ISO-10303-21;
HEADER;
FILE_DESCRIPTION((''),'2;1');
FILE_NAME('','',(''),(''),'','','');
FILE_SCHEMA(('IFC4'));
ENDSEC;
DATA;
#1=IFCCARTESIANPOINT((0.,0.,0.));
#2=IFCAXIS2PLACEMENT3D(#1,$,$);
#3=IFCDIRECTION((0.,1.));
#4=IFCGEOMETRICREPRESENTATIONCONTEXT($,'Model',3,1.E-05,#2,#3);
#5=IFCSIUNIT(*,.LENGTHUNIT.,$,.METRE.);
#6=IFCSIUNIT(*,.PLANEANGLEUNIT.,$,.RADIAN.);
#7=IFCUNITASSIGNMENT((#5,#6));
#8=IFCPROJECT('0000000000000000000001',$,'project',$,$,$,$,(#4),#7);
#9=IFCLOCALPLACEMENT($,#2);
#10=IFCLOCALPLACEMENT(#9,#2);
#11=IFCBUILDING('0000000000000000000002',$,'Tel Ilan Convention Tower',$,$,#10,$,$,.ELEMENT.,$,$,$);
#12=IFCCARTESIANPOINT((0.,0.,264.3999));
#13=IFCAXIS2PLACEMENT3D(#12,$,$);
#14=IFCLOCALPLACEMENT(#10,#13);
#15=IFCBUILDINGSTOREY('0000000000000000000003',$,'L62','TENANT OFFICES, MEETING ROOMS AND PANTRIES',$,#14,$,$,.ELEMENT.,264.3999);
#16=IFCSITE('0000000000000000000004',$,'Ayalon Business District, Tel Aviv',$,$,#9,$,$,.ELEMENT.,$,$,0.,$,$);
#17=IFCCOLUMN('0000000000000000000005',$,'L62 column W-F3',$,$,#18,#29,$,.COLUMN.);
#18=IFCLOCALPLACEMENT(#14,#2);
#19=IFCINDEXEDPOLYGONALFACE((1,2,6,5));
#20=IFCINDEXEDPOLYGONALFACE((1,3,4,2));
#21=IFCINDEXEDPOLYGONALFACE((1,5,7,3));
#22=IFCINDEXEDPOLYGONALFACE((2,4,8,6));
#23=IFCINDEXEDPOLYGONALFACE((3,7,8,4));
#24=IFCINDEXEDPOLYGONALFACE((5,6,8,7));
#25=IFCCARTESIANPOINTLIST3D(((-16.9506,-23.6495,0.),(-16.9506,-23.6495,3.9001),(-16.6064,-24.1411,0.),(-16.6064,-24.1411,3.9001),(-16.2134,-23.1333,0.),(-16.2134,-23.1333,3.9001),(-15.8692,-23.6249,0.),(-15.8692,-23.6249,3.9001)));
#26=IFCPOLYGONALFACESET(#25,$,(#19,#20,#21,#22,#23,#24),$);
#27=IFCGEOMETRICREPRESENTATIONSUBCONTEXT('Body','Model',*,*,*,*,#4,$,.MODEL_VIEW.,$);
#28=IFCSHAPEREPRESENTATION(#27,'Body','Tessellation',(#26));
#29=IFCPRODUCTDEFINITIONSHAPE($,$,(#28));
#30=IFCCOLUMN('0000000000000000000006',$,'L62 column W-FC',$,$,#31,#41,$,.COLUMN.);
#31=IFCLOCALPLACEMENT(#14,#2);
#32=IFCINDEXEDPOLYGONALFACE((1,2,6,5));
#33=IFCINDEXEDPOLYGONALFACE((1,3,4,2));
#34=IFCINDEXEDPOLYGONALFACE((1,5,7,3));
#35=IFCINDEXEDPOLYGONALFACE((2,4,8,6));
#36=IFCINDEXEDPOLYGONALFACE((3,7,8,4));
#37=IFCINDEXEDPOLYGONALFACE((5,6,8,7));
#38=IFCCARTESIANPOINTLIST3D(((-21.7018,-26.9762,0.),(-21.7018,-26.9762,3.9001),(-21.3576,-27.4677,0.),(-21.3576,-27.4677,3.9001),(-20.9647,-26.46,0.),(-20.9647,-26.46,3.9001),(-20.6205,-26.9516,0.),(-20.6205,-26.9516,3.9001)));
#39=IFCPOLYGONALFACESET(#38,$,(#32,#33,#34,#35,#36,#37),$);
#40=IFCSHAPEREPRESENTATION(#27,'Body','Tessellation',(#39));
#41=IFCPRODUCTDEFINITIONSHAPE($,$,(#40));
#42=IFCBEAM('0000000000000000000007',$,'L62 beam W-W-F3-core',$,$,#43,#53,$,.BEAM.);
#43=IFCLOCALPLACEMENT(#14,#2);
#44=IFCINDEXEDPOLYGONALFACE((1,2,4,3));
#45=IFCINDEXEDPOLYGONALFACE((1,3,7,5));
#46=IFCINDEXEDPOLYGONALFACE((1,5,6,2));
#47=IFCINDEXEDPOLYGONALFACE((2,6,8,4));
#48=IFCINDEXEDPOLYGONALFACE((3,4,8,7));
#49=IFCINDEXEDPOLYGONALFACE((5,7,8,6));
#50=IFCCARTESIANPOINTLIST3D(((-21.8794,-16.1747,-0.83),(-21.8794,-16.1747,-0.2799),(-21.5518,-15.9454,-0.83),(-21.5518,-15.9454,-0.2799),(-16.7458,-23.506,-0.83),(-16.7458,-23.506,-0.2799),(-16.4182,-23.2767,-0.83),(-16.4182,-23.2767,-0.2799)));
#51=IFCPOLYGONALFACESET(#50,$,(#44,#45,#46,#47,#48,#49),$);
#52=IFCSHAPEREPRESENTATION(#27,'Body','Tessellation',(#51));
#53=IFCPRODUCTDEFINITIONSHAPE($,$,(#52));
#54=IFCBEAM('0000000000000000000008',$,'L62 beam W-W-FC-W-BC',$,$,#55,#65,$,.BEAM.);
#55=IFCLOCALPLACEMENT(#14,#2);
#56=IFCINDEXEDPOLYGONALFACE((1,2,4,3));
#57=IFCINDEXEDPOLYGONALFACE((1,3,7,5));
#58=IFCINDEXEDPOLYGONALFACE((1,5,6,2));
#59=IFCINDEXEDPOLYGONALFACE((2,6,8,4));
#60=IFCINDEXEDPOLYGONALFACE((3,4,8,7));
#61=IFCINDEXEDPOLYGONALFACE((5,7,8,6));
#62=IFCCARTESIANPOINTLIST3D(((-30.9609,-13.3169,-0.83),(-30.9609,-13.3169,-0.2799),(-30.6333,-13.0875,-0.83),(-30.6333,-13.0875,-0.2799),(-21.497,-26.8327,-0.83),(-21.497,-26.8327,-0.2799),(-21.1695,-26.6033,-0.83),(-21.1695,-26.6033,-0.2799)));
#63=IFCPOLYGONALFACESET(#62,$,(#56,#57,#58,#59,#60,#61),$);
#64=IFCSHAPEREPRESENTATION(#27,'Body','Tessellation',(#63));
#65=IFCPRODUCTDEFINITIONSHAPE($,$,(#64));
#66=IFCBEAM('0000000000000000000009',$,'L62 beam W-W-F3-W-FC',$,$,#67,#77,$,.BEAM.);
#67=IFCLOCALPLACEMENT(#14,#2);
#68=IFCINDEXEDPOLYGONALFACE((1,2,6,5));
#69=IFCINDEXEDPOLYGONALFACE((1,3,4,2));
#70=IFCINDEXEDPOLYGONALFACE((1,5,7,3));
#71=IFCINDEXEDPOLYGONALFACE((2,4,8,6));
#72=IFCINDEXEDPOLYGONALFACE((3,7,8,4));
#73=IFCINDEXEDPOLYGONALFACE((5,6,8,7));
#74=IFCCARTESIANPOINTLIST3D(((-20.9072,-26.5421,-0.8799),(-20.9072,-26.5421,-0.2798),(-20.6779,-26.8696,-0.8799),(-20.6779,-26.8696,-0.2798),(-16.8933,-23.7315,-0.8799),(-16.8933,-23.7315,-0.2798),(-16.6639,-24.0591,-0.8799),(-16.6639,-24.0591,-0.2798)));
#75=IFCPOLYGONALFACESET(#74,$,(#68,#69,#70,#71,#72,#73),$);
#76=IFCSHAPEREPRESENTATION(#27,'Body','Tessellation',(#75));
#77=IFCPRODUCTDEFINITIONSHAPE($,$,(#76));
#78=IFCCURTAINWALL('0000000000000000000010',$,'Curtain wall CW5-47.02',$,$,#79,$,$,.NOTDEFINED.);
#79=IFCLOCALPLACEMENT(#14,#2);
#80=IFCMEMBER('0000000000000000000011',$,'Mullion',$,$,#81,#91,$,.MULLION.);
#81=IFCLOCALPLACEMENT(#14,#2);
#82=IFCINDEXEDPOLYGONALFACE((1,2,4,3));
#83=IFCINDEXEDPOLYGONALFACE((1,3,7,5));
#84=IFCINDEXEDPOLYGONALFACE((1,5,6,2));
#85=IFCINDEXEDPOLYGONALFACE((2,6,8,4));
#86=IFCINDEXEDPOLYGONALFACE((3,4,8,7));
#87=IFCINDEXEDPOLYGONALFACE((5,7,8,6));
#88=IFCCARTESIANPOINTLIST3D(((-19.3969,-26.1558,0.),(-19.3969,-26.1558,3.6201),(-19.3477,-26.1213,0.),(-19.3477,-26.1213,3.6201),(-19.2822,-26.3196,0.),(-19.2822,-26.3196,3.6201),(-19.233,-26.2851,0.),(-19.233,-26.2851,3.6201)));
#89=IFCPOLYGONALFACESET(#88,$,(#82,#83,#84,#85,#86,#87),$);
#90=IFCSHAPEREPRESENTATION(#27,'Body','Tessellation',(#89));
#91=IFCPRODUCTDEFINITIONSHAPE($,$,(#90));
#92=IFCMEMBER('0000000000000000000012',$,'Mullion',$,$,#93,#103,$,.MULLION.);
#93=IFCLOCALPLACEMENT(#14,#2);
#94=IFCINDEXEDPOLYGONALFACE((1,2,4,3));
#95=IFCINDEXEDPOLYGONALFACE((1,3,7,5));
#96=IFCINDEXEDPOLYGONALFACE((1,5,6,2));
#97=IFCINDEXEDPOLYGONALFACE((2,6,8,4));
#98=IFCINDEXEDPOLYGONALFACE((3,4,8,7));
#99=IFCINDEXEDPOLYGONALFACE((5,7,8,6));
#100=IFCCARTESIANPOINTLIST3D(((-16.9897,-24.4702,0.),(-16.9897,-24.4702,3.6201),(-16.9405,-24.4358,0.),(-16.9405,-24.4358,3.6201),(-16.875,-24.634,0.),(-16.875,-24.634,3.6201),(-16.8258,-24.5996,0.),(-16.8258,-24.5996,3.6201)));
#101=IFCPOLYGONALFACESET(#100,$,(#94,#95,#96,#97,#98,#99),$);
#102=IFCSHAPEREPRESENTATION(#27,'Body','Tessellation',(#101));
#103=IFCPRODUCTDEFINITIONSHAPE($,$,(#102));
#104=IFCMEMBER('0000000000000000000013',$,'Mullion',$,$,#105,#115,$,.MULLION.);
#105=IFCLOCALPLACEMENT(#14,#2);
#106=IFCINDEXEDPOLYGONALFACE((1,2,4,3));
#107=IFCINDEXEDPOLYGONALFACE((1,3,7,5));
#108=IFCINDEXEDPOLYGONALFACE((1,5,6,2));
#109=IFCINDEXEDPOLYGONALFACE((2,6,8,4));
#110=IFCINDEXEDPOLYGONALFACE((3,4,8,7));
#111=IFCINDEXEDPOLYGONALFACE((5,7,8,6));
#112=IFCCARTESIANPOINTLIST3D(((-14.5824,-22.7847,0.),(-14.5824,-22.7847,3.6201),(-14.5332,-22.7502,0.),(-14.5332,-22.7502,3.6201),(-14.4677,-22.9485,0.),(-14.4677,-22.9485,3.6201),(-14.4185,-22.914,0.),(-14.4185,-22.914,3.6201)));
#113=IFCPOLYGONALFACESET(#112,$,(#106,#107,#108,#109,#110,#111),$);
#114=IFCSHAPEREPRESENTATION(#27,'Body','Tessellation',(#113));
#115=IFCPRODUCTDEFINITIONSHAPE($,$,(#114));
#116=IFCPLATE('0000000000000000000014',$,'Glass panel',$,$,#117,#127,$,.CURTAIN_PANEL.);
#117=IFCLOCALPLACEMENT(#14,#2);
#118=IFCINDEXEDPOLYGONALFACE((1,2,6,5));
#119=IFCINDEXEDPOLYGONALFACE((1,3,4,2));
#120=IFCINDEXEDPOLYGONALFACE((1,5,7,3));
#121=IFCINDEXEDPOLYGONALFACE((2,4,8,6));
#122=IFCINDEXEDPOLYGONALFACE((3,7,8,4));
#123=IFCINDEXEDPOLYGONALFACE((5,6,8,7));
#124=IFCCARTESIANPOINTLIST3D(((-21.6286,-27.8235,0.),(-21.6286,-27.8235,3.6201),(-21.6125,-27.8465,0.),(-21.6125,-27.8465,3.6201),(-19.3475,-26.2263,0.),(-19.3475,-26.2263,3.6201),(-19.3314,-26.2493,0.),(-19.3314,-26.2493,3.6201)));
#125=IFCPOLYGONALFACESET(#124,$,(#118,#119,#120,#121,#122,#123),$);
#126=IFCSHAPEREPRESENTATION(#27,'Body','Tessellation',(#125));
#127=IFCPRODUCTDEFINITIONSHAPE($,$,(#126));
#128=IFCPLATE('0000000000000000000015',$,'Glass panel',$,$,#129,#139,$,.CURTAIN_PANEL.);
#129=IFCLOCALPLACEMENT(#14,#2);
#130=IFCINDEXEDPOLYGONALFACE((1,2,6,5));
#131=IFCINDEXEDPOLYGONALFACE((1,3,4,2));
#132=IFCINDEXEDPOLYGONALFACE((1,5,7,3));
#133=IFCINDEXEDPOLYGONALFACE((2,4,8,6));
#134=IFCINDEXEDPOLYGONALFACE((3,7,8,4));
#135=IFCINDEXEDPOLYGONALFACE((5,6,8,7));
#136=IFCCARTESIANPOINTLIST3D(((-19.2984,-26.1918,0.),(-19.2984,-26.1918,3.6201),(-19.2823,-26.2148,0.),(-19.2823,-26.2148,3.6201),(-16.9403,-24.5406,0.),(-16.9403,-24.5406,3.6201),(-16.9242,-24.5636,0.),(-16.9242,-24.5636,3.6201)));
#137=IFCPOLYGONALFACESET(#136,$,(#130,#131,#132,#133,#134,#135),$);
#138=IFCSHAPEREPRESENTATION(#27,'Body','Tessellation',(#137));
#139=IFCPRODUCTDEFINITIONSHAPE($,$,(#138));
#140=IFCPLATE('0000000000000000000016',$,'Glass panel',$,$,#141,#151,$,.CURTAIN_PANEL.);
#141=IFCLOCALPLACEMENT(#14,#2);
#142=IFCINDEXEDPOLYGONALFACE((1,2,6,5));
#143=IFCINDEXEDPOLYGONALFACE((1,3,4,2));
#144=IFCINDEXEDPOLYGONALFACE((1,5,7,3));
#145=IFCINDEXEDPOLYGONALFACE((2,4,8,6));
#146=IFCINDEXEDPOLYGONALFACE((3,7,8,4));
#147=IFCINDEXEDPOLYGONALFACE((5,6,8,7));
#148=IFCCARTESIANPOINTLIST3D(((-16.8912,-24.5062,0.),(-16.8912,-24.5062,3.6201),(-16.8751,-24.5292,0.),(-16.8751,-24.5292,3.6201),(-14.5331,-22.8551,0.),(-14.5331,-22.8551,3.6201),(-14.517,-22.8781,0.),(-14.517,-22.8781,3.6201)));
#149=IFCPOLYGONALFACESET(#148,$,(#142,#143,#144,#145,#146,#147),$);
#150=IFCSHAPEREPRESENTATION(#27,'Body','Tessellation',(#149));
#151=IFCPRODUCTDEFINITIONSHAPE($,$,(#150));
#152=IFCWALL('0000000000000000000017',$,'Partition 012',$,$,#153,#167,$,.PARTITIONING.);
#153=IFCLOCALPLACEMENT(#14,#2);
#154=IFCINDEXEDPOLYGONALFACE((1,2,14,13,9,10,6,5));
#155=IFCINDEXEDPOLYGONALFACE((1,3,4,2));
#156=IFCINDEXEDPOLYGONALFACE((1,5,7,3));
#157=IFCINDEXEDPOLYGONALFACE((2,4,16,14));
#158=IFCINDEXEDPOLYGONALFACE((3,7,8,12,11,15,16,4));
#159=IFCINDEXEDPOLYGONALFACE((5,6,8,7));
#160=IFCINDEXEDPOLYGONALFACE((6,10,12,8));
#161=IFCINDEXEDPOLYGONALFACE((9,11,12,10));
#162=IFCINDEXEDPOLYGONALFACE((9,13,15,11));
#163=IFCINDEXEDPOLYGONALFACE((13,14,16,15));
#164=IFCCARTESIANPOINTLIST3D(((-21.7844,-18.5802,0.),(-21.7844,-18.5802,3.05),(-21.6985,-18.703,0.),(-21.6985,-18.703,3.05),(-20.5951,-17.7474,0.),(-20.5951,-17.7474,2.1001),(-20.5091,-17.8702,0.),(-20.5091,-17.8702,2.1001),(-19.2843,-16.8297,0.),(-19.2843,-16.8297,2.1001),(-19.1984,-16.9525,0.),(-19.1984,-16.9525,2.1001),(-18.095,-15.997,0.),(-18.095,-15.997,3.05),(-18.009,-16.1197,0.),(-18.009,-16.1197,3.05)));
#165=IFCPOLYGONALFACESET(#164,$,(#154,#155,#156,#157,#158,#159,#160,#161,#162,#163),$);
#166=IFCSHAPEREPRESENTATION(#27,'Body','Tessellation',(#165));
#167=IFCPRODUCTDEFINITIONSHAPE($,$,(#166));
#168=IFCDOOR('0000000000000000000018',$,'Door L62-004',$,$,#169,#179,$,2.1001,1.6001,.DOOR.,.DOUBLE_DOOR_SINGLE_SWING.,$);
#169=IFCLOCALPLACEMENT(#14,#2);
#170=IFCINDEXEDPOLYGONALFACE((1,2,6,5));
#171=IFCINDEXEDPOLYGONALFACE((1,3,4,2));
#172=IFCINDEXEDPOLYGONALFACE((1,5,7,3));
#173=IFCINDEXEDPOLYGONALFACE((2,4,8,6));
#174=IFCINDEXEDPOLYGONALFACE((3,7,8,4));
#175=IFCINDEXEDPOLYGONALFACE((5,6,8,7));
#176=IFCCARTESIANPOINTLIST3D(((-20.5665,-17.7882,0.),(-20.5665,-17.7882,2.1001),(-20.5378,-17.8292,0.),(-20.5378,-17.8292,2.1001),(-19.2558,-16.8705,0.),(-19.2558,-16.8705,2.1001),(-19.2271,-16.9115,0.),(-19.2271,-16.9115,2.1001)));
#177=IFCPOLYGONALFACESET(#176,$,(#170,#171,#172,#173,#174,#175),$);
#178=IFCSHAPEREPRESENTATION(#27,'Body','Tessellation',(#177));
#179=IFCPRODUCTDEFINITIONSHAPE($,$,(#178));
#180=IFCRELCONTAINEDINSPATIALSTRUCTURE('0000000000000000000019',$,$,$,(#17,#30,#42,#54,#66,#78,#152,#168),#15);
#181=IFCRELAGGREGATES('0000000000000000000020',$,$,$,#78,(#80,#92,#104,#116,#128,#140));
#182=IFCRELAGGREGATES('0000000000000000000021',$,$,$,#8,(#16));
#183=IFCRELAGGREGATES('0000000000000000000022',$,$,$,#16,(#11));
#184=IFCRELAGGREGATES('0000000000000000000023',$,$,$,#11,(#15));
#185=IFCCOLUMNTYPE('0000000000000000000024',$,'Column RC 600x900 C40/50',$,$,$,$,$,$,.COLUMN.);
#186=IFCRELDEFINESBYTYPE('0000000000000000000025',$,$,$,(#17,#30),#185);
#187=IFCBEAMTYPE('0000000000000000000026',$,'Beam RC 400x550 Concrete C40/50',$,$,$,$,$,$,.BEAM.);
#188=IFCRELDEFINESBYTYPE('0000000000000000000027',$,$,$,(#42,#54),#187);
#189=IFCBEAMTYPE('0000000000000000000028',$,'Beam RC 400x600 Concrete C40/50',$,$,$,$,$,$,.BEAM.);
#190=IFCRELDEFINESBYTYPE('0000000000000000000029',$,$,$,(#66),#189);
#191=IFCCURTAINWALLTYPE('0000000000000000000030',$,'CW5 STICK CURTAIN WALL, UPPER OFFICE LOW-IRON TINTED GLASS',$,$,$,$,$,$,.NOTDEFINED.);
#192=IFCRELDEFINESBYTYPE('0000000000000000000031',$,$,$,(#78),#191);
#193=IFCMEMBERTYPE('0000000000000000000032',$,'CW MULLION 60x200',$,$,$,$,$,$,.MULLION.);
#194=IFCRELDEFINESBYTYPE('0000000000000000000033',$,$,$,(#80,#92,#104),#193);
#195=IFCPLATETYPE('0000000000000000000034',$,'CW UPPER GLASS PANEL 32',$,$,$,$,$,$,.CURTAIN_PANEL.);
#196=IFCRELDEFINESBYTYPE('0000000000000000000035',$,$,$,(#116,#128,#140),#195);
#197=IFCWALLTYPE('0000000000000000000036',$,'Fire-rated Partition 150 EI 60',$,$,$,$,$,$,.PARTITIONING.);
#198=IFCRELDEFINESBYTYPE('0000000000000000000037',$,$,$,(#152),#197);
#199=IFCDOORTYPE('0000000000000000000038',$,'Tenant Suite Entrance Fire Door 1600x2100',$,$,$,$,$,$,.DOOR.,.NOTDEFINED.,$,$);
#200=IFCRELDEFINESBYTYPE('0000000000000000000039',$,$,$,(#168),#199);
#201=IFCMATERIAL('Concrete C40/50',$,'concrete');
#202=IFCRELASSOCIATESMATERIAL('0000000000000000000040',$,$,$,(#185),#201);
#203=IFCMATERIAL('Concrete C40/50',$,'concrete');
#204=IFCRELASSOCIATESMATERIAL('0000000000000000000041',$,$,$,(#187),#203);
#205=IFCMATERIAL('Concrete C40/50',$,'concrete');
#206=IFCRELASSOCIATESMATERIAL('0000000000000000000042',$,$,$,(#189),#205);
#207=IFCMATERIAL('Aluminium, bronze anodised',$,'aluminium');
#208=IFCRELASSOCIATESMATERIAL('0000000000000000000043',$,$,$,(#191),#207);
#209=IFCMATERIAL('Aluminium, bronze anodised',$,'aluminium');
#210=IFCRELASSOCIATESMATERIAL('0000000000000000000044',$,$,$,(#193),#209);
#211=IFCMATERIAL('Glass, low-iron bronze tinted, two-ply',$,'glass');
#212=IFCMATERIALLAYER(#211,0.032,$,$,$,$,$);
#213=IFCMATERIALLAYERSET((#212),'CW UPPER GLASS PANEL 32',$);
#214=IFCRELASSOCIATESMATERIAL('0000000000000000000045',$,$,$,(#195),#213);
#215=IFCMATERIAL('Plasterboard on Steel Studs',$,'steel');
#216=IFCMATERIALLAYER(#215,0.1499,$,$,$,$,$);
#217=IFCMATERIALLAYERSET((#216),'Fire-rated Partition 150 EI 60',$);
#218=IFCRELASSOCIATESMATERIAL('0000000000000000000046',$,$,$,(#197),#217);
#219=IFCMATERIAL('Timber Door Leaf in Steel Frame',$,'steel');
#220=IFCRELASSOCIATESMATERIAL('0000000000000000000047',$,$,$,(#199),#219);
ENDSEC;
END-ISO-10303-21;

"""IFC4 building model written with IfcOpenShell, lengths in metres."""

from ifc_helpers import new_model, si_unit, direction, frame, frame_2d, origin, origin_2d, place, context, subcontext, project, spatial, rectangle, extrude, material, layer, layer_set, material_profile, profile_set, type_object, element, fill, aggregate, save


model = new_model("IFC4")

# Units and contexts
model_context = context("Model", 3, precision=1e-05, world=origin(), true_north=direction((0.0, 1.0)))
body_context = subcontext(model_context, "Body", "Model", "MODEL_VIEW")
ifc_project = project(units=[si_unit("LENGTHUNIT", "METRE"), si_unit("PLANEANGLEUNIT", "RADIAN")], contexts=[model_context])

# Site, building, storey
site_placement = place(None, origin())
site = spatial("IfcSite", under=ifc_project, at=site_placement, Name="Ayalon Business District, Tel Aviv", CompositionType="ELEMENT", RefElevation=0.0)
building_placement = place(site_placement, origin())
building = spatial("IfcBuilding", under=site, at=building_placement, Name="Tel Ilan Convention Tower", CompositionType="ELEMENT")
storey_placement = place(building_placement, frame((0.0, 0.0, 264.3999)))
storey = spatial("IfcBuildingStorey", under=building, at=storey_placement, Name="L62", Description="TENANT OFFICES, MEETING ROOMS AND PANTRIES", CompositionType="ELEMENT", Elevation=264.3999)

# Columns
ifc_material_1 = material(Name="Concrete C40/50", Category="concrete")
ifc_material_profile_1 = material_profile(ifc_material_1, rectangle(XDim=0.8999, YDim=0.6001, at=origin_2d()), Name="RC 600x900")
ifc_profile_set_1 = profile_set([ifc_material_profile_1], Name="Concrete C40/50")
column_type = type_object("IfcColumnType", Name="Column RC 600x900 C40/50", PredefinedType="COLUMN", material=ifc_profile_set_1)
for number, where, z_axis, x_axis, name in (
    (1, (-16.4099, -23.6372, 0.0), (0.0, 0.0, 1.0), (-0.819152, -0.573576, 0.0), "L62 column W-F3"),
    (2, (-21.1611, -26.9639, 0.0), (0.0, 0.0, 1.0), (-0.819152, -0.573576, 0.0), "L62 column W-FC"),
):
    element("IfcColumn", number, at=place(storey_placement, frame(where, z_axis=z_axis, x_axis=x_axis)), inside=storey, type_object=column_type, Name=name, PredefinedType="COLUMN", context=body_context, shape_type="SweptSolid", body=[
        extrude(rectangle(XDim=0.8999, YDim=0.6001, at=origin_2d()), origin(), (0.0, 0.0, 1.0), 3.9001),
    ])

# Beams
ifc_material_2 = material(Name="Concrete C40/50", Category="concrete")
ifc_material_profile_2 = material_profile(ifc_material_2, rectangle(XDim=0.3999, YDim=0.55, at=origin_2d()), Name="RC 400x550")
ifc_profile_set_2 = profile_set([ifc_material_profile_2], Name="Concrete C40/50")
beam_type_1 = type_object("IfcBeamType", Name="Beam RC 400x550 Concrete C40/50", PredefinedType="BEAM", material=ifc_profile_set_2)
beam_1_placement = place(storey_placement, frame((-16.582, -23.3914, -0.5549), z_axis=(-0.573585, 0.819146, 0.0), x_axis=(-0.819146, -0.573585, 0.0)))
element("IfcBeam", 3, at=beam_1_placement, inside=storey, type_object=beam_type_1, Name="L62 beam W-W-F3-core", PredefinedType="BEAM", context=body_context, shape_type="SweptSolid", body=[
    extrude(rectangle(XDim=0.3999, YDim=0.55, at=origin_2d()), origin(), (0.0, 0.0, 1.0), 8.95),
])
beam_2_placement = place(storey_placement, frame((-21.3333, -26.718, -0.5549), z_axis=(-0.573575, 0.819153, 0.0), x_axis=(-0.819153, -0.573575, 0.0)))
element("IfcBeam", 4, at=beam_2_placement, inside=storey, type_object=beam_type_1, Name="L62 beam W-W-FC-W-BC", PredefinedType="BEAM", context=body_context, shape_type="SweptSolid", body=[
    extrude(rectangle(XDim=0.3999, YDim=0.55, at=origin_2d()), origin(), (0.0, 0.0, 1.0), 16.4998),
])
ifc_material_3 = material(Name="Concrete C40/50", Category="concrete")
ifc_material_profile_3 = material_profile(ifc_material_3, rectangle(XDim=0.3999, YDim=0.6001, at=origin_2d()), Name="RC 400x600")
ifc_profile_set_3 = profile_set([ifc_material_profile_3], Name="Concrete C40/50")
beam_type_2 = type_object("IfcBeamType", Name="Beam RC 400x600 Concrete C40/50", PredefinedType="BEAM", material=ifc_profile_set_3)
beam_3_placement = place(storey_placement, frame((-16.7786, -23.8953, -0.5798), z_axis=(-0.819155, -0.573573, 0.0), x_axis=(0.573573, -0.819155, 0.0)))
element("IfcBeam", 5, at=beam_3_placement, inside=storey, type_object=beam_type_2, Name="L62 beam W-W-F3-W-FC", PredefinedType="BEAM", context=body_context, shape_type="SweptSolid", body=[
    extrude(rectangle(XDim=0.3999, YDim=0.6001, at=origin_2d()), origin(), (0.0, 0.0, 1.0), 4.9001),
])

# Curtain wall, members, plates
ifc_material_4 = material(Name="Aluminium, bronze anodised", Category="aluminium")
curtain_wall_type = type_object("IfcCurtainWallType", Name="CW5 STICK CURTAIN WALL, UPPER OFFICE LOW-IRON TINTED GLASS", PredefinedType="NOTDEFINED", material=ifc_material_4)
curtain_wall_placement = place(storey_placement, origin())
curtain_wall = element("IfcCurtainWall", 6, at=curtain_wall_placement, inside=storey, type_object=curtain_wall_type, Name="Curtain wall CW5-47.02", PredefinedType="NOTDEFINED")
ifc_material_5 = material(Name="Aluminium, bronze anodised", Category="aluminium")
ifc_material_profile_4 = material_profile(ifc_material_5, rectangle(XDim=0.0601, YDim=0.2, at=origin_2d()), Name="CW MULLION 60x200")
ifc_profile_set_4 = profile_set([ifc_material_profile_4], Name="Aluminium, bronze anodised")
member_type = type_object("IfcMemberType", Name="CW MULLION 60x200", PredefinedType="MULLION", material=ifc_profile_set_4)
member_1_placement = place(storey_placement, frame((-19.3149, -26.2205, 0.0), z_axis=(0.0, 0.0, 1.0), x_axis=(0.819152, 0.573576, 0.0)))
member_1 = element("IfcMember", 7, at=member_1_placement, type_object=member_type, Name="Mullion", PredefinedType="MULLION", context=body_context, shape_type="SweptSolid", body=[
    extrude(rectangle(XDim=0.0601, YDim=0.2, at=origin_2d()), origin(), (0.0, 0.0, 1.0), 3.6201),
])
member_2_placement = place(storey_placement, frame((-16.9077, -24.5349, 0.0), z_axis=(0.0, 0.0, 1.0), x_axis=(0.819152, 0.573576, 0.0)))
member_2 = element("IfcMember", 8, at=member_2_placement, type_object=member_type, Name="Mullion", PredefinedType="MULLION", context=body_context, shape_type="SweptSolid", body=[
    extrude(rectangle(XDim=0.0601, YDim=0.2, at=origin_2d()), origin(), (0.0, 0.0, 1.0), 3.6201),
])
member_3_placement = place(storey_placement, frame((-14.5005, -22.8494, 0.0), z_axis=(0.0, 0.0, 1.0), x_axis=(0.819152, 0.573576, 0.0)))
member_3 = element("IfcMember", 9, at=member_3_placement, type_object=member_type, Name="Mullion", PredefinedType="MULLION", context=body_context, shape_type="SweptSolid", body=[
    extrude(rectangle(XDim=0.0601, YDim=0.2, at=origin_2d()), origin(), (0.0, 0.0, 1.0), 3.6201),
])
ifc_material_6 = material(Name="Glass, low-iron bronze tinted, two-ply", Category="glass")
ifc_layer_1 = layer(ifc_material_6, 0.032)
ifc_layer_set_1 = layer_set([ifc_layer_1], Name="CW UPPER GLASS PANEL 32")
plate_type = type_object("IfcPlateType", Name="CW UPPER GLASS PANEL 32", PredefinedType="CURTAIN_PANEL", material=ifc_layer_set_1)
plate_1_placement = place(storey_placement, frame((-20.48, -27.0364, 0.0), z_axis=(0.0, 0.0, 1.0), x_axis=(0.819152, 0.573576, 0.0)))
plate_1 = element("IfcPlate", 10, at=plate_1_placement, type_object=plate_type, Name="Glass panel", PredefinedType="CURTAIN_PANEL", context=body_context, shape_type="SweptSolid", body=[
    extrude(rectangle(XDim=2.7847, YDim=0.0281, at=origin_2d()), origin(), (0.0, 0.0, 1.0), 3.6201),
])
plate_2_placement = place(storey_placement, frame((-18.1113, -25.3777, 0.0), z_axis=(0.0, 0.0, 1.0), x_axis=(0.819152, 0.573576, 0.0)))
plate_2 = element("IfcPlate", 11, at=plate_2_placement, type_object=plate_type, Name="Glass panel", PredefinedType="CURTAIN_PANEL", context=body_context, shape_type="SweptSolid", body=[
    extrude(rectangle(XDim=2.8787, YDim=0.0281, at=origin_2d()), origin(), (0.0, 0.0, 1.0), 3.6201),
])
plate_3_placement = place(storey_placement, frame((-15.7041, -23.6921, 0.0), z_axis=(0.0, 0.0, 1.0), x_axis=(0.819152, 0.573576, 0.0)))
plate_3 = element("IfcPlate", 12, at=plate_3_placement, type_object=plate_type, Name="Glass panel", PredefinedType="CURTAIN_PANEL", context=body_context, shape_type="SweptSolid", body=[
    extrude(rectangle(XDim=2.8787, YDim=0.0281, at=origin_2d()), origin(), (0.0, 0.0, 1.0), 3.6201),
])
aggregate(curtain_wall, [member_1, member_2, member_3, plate_1, plate_2, plate_3])

# Wall, opening, door
ifc_material_7 = material(Name="Plasterboard on Steel Studs", Category="steel")
ifc_layer_2 = layer(ifc_material_7, 0.1499)
ifc_layer_set_2 = layer_set([ifc_layer_2], Name="Fire-rated Partition 150 EI 60")
wall_type_1 = type_object("IfcWallType", Name="Fire-rated Partition 150 EI 60", PredefinedType="PARTITIONING", material=ifc_layer_set_2)
wall_1_placement = place(storey_placement, frame((-18.052, -16.0583, 0.0), z_axis=(0.0, 0.0, 1.0), x_axis=(-0.819166, -0.573557, 0.0)))
wall_1 = element("IfcWall", 13, at=wall_1_placement, inside=storey, type_object=wall_type_1, Name="Partition 012", PredefinedType="PARTITIONING", context=body_context, shape_type="SweptSolid", body=[
    extrude(rectangle(XDim=4.5039, YDim=0.1499, at=frame_2d((2.252, 0.0))), origin(), (0.0, 0.0, 1.0), 3.05),
])
opening_placement = place(wall_1_placement, frame((1.4519, 0.0, 0.0)))
opening = element("IfcOpeningElement", 14, at=opening_placement, cuts=wall_1, PredefinedType="OPENING", context=body_context, shape_type="SweptSolid", body=[
    extrude(rectangle(XDim=1.6001, YDim=2.1001, at=frame_2d((0.8, 1.05))), frame((0.0, 0.085, 0.0), z_axis=(0.0, -1.0, 0.0), x_axis=(1.0, 0.0, 0.0)), (0.0, 0.0, 1.0), 0.1699),
])
ifc_material_8 = material(Name="Timber Door Leaf in Steel Frame", Category="steel")
door_type = type_object("IfcDoorType", Name="Tenant Suite Entrance Fire Door 1600x2100", OperationType="NOTDEFINED", PredefinedType="DOOR", material=ifc_material_8)
door_placement = place(opening_placement, origin())
door = element("IfcDoor", 15, at=door_placement, inside=storey, type_object=door_type, Name="Door L62-004", OperationType="DOUBLE_DOOR_SINGLE_SWING", OverallHeight=2.1001, OverallWidth=1.6001, PredefinedType="DOOR", context=body_context, shape_type="SweptSolid", body=[
    extrude(rectangle(XDim=1.6001, YDim=2.1001, at=frame_2d((0.8, 1.05))), frame((0.0, 0.0249, 0.0), z_axis=(0.0, -1.0, 0.0), x_axis=(1.0, 0.0, 0.0)), (0.0, 0.0, 1.0), 0.05),
])
fill(opening, door)

save(model, "model.ifc")
